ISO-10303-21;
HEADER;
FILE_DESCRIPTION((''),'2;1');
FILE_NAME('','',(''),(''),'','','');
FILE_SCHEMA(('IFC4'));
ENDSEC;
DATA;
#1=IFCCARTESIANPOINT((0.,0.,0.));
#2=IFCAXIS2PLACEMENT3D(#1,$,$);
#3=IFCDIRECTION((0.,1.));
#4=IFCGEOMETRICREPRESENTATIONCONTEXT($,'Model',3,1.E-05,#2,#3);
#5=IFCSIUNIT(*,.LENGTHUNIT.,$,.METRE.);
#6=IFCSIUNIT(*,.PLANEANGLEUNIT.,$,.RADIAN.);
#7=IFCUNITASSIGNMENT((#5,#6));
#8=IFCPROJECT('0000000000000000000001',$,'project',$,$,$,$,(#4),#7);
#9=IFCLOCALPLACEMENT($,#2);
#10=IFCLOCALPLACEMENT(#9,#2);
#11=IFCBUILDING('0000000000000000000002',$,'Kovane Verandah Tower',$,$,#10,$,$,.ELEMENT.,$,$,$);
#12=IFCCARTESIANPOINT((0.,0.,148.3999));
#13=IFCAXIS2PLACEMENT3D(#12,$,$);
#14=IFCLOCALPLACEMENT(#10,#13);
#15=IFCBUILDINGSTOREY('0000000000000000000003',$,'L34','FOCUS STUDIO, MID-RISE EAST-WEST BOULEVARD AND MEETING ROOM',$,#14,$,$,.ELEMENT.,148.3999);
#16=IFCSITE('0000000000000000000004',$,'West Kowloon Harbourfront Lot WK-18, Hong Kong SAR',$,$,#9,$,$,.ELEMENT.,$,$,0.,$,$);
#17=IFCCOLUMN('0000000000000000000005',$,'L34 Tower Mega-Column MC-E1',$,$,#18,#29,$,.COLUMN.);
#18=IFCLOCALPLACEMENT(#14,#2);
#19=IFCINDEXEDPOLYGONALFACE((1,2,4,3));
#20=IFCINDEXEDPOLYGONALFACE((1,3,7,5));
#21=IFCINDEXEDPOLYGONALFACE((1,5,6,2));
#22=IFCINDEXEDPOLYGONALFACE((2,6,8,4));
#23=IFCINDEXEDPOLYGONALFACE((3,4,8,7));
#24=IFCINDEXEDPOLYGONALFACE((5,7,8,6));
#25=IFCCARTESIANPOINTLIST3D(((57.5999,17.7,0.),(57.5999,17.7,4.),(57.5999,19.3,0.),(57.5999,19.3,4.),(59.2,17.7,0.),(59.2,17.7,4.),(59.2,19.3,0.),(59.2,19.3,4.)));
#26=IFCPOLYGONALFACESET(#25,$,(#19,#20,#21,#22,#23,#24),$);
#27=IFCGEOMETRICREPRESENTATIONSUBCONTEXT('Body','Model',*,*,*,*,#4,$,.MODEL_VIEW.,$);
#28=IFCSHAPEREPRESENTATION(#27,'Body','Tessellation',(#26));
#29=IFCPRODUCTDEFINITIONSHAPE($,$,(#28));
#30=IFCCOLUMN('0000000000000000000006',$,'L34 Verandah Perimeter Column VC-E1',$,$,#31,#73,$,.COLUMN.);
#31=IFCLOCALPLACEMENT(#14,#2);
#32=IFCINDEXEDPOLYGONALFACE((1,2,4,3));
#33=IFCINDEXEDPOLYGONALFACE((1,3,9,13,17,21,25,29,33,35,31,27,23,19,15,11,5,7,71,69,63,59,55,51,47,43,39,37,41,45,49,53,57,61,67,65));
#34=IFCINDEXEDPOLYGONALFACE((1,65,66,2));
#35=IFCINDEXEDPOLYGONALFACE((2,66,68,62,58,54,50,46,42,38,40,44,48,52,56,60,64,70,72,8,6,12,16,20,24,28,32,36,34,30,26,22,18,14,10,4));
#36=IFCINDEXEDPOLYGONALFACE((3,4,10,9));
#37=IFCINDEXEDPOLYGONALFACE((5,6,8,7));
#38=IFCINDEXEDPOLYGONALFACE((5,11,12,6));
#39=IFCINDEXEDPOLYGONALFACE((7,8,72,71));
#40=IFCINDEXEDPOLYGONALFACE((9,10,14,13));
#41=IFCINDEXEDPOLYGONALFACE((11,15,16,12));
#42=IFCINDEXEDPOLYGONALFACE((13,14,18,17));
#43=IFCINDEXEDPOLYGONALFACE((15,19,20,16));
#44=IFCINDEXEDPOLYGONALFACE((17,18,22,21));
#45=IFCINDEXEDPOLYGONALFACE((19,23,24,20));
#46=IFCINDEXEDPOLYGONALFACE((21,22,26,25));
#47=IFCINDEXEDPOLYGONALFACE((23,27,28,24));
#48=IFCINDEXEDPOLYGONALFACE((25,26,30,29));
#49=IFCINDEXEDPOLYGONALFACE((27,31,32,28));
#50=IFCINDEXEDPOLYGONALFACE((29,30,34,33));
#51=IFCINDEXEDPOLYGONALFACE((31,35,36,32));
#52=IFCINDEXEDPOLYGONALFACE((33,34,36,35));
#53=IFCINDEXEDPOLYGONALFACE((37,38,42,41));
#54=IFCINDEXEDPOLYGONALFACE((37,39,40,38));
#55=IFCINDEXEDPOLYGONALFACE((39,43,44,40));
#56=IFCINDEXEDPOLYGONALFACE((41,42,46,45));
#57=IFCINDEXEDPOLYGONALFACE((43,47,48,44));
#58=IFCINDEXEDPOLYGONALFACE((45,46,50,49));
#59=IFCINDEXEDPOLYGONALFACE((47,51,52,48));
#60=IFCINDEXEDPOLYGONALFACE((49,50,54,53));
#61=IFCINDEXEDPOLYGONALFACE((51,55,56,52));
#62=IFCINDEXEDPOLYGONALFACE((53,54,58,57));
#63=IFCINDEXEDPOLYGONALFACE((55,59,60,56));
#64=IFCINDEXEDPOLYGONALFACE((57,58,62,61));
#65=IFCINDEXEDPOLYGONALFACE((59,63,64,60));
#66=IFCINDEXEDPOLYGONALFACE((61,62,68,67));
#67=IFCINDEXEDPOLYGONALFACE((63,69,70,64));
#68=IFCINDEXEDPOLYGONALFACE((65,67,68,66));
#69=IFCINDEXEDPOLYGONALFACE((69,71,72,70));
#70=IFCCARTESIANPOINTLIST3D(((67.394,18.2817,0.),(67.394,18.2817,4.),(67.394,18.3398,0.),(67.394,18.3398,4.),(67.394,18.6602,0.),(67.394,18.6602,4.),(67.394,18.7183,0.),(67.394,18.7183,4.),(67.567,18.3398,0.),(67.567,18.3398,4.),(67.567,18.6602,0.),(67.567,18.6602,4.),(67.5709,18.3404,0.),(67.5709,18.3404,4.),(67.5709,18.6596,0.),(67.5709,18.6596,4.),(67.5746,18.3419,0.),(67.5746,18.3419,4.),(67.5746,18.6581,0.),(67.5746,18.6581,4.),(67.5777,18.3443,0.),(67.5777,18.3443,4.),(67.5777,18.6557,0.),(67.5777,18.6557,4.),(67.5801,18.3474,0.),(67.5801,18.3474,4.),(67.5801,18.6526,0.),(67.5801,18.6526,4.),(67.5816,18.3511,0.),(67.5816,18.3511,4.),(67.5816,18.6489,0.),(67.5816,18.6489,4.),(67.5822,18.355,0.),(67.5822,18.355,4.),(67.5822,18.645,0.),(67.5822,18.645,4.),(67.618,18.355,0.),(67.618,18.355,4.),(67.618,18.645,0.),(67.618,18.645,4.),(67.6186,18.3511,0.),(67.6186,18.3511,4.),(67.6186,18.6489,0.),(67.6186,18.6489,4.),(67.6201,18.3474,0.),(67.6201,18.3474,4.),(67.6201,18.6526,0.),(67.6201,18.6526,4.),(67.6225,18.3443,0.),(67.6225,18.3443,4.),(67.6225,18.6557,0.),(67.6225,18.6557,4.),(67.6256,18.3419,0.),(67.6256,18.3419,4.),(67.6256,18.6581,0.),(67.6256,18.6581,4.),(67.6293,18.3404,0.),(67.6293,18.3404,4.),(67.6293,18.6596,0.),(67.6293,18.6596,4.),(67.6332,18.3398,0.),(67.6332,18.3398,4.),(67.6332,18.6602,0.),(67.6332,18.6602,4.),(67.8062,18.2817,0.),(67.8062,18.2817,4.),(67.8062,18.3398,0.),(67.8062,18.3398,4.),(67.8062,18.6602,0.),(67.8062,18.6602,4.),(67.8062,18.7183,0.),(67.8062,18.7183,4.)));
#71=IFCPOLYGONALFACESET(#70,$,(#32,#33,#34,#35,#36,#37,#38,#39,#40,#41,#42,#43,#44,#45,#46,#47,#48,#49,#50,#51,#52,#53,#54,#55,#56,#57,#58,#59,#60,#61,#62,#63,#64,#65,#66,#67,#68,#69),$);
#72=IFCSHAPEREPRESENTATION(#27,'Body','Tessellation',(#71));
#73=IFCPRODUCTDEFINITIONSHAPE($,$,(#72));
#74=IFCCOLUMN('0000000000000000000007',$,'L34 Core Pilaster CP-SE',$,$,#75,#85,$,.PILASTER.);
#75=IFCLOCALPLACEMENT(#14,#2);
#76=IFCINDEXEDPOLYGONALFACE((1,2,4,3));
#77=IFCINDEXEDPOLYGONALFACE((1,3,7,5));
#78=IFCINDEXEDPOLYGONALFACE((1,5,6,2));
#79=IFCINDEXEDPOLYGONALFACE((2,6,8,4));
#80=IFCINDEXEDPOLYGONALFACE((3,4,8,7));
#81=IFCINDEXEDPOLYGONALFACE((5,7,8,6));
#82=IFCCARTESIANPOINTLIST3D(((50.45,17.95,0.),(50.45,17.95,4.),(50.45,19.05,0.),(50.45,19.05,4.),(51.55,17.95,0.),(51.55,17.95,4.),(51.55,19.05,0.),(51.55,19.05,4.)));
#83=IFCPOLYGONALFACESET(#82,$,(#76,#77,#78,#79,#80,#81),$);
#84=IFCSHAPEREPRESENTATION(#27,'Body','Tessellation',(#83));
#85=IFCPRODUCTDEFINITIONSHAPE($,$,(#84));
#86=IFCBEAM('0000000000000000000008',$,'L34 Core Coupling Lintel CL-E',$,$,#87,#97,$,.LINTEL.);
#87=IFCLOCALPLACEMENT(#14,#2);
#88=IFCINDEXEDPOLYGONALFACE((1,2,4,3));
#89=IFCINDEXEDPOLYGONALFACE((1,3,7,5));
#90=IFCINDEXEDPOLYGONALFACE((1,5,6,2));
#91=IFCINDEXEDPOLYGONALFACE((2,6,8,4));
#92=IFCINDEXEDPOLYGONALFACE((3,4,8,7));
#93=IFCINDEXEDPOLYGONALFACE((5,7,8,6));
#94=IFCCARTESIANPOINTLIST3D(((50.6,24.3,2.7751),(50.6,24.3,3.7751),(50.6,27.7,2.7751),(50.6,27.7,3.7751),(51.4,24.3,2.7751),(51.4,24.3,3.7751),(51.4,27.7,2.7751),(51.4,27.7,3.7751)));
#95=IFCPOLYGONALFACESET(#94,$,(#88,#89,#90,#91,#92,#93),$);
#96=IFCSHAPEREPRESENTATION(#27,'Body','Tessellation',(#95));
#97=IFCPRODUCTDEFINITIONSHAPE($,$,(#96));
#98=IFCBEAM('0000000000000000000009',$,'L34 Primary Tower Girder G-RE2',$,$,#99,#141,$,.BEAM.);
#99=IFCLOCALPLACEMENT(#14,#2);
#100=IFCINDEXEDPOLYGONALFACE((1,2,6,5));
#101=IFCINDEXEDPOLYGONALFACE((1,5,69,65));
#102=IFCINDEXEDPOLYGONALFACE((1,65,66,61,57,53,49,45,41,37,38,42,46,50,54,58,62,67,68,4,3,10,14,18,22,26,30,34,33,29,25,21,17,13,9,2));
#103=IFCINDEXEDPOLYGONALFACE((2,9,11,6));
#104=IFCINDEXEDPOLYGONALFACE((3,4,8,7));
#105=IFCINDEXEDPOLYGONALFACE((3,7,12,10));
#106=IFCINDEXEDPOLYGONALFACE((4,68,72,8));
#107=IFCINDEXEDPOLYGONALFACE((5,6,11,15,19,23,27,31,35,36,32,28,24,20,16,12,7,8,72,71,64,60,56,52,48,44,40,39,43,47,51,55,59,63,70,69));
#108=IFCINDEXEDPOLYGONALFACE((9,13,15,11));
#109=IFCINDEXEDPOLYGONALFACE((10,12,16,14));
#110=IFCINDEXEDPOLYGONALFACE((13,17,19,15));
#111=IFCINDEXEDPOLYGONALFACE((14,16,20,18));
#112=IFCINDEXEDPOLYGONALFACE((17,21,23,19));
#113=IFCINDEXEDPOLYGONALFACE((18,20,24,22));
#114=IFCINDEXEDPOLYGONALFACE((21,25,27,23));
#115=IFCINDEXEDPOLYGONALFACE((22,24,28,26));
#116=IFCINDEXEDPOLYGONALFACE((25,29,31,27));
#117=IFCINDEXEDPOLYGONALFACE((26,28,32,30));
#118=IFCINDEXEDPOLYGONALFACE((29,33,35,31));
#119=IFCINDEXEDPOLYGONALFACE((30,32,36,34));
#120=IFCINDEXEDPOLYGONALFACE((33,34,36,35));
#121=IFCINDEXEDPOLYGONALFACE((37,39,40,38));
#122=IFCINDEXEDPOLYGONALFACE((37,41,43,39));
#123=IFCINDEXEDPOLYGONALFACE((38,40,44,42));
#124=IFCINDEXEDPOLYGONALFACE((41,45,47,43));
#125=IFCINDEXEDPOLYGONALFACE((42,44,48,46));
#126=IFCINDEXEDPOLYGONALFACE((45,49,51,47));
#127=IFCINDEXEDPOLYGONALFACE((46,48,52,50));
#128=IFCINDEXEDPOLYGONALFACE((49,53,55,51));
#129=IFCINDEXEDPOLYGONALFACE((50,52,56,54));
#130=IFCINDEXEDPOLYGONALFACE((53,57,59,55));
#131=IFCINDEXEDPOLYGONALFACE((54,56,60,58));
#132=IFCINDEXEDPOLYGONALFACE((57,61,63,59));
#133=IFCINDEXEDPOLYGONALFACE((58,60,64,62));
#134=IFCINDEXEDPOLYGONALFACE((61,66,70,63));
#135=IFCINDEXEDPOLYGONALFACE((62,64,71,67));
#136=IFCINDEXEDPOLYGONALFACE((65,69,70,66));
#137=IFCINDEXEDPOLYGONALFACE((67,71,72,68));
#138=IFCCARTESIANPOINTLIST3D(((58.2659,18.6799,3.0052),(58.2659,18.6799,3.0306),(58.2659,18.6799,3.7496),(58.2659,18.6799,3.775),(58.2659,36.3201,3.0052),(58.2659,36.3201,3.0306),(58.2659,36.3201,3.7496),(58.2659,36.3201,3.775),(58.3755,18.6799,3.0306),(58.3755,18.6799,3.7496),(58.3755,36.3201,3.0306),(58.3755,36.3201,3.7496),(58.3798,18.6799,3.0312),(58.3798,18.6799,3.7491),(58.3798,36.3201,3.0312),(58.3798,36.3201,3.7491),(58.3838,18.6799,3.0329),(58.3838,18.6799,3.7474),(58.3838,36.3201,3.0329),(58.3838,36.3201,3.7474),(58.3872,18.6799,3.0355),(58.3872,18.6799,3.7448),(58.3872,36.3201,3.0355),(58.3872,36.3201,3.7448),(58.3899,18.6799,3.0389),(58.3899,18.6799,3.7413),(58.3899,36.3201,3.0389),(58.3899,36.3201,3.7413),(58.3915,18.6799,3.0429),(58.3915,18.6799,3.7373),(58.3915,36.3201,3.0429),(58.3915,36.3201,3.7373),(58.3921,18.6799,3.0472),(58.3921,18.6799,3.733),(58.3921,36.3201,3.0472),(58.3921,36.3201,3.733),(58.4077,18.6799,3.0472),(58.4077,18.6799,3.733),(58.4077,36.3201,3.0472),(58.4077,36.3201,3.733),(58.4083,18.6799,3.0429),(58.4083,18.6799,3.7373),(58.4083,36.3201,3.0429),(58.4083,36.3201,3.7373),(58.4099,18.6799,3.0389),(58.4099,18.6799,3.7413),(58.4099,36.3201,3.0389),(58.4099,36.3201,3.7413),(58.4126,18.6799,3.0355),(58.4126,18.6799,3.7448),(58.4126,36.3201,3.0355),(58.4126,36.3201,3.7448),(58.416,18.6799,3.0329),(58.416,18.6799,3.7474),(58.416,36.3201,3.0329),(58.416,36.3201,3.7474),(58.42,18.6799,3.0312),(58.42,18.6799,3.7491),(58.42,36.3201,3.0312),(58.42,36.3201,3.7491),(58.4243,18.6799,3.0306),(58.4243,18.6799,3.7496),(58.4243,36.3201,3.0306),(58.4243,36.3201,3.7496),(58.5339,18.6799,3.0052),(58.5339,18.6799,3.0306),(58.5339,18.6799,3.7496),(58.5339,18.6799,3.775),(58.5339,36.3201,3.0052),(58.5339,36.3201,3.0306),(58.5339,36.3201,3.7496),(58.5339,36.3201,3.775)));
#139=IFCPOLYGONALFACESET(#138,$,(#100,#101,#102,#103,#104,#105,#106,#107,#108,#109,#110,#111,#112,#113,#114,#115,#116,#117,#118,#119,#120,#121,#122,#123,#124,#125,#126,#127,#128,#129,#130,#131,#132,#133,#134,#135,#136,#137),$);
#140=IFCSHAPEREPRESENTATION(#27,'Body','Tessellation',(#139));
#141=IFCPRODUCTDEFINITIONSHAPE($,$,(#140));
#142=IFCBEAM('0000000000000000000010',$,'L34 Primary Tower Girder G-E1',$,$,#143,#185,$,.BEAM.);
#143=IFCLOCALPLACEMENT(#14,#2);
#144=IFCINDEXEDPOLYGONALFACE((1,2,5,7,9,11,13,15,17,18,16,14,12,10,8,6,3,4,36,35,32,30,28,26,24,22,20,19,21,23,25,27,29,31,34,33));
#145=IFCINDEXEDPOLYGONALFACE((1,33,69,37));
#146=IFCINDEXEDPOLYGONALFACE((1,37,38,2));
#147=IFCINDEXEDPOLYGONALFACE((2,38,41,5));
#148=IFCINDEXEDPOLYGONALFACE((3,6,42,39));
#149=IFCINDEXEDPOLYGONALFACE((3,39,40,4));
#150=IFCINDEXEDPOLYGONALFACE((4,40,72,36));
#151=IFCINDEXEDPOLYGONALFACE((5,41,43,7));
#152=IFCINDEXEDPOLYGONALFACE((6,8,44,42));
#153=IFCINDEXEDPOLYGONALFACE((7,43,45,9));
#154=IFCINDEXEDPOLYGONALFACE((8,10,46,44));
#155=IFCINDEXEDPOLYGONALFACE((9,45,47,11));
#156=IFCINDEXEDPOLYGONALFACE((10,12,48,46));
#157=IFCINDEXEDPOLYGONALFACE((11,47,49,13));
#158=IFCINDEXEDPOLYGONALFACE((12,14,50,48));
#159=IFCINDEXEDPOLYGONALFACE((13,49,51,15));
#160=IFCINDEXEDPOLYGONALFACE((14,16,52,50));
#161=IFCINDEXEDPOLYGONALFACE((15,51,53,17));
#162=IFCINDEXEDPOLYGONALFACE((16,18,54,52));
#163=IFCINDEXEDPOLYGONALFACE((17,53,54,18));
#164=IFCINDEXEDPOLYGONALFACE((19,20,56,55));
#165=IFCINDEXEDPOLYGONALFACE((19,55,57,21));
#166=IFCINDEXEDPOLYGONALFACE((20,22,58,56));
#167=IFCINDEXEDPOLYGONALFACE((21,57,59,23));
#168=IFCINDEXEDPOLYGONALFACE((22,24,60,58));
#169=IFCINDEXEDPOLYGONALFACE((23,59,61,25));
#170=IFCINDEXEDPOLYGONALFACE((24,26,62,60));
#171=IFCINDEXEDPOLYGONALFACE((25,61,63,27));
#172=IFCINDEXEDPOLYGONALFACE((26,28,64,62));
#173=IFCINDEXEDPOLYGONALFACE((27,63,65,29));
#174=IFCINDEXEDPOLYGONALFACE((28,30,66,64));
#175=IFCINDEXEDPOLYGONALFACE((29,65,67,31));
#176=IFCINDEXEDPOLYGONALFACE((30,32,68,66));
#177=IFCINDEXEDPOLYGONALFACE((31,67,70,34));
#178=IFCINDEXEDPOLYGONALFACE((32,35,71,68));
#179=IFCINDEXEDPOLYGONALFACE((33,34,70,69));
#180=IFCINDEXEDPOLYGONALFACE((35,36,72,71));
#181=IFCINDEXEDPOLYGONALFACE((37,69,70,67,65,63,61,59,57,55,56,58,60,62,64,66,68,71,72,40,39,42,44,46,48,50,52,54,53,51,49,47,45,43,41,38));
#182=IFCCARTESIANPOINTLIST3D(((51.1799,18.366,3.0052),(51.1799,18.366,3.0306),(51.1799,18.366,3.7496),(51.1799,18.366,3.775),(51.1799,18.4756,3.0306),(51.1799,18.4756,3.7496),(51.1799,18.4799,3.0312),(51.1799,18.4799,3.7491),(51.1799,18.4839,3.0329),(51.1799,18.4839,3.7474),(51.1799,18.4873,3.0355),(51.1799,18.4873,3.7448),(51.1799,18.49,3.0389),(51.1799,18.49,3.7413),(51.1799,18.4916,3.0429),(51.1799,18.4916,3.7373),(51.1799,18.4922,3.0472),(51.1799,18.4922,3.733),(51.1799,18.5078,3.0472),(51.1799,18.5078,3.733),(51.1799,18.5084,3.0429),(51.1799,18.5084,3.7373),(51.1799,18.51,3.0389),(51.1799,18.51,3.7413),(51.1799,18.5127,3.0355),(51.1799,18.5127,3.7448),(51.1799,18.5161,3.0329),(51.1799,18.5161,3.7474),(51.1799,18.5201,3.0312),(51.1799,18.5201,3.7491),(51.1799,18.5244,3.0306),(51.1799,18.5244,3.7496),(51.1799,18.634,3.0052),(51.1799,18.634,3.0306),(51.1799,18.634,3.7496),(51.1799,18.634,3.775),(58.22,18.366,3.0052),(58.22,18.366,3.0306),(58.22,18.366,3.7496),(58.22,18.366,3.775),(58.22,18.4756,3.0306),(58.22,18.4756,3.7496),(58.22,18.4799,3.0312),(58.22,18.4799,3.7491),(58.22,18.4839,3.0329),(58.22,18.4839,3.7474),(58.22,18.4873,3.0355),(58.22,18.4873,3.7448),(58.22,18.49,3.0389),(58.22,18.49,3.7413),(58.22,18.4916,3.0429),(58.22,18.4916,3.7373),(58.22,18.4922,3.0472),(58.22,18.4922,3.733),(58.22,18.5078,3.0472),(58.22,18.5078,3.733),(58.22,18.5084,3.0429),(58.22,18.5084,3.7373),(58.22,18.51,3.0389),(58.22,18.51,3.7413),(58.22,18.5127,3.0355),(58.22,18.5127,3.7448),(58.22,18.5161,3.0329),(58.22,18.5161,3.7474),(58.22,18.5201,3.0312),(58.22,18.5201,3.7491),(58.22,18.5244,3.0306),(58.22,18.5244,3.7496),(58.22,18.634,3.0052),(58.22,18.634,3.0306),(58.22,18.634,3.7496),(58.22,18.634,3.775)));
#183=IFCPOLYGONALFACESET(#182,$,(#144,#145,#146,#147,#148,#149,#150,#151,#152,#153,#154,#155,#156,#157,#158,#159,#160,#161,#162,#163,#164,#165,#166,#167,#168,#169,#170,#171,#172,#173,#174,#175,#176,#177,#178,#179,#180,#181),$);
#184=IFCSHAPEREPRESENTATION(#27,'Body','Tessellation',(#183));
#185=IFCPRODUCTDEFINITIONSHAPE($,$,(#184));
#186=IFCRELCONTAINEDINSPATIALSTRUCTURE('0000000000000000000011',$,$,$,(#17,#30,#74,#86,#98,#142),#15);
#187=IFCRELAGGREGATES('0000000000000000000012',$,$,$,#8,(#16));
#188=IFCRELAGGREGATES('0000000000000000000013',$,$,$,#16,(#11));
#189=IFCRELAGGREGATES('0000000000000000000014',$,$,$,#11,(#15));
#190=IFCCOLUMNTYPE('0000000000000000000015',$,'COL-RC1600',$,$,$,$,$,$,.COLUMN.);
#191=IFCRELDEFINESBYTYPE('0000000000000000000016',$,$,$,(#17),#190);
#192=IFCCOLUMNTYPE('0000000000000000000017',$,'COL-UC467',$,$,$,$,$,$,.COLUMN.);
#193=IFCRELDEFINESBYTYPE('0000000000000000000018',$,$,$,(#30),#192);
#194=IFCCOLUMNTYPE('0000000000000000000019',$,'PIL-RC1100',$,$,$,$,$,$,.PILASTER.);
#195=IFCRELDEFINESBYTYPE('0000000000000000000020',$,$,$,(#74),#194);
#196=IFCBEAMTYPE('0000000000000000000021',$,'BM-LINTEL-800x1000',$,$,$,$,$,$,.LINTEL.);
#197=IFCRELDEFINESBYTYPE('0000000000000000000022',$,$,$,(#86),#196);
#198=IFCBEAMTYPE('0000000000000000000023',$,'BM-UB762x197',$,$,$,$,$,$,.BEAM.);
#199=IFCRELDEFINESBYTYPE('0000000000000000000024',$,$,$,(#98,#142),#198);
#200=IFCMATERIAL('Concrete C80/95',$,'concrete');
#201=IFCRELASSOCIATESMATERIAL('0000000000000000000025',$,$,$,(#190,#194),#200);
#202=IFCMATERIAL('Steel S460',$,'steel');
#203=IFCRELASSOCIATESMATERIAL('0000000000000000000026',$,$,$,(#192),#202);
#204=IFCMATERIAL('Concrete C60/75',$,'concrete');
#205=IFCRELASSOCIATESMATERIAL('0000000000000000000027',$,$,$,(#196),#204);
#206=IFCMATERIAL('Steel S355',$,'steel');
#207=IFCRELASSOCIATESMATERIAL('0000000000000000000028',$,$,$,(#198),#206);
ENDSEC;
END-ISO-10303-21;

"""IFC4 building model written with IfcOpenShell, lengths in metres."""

from ifc_helpers import new_model, si_unit, direction, frame, origin, origin_2d, place, context, subcontext, project, spatial, rectangle, i_section, extrude, material, material_profile, profile_set, type_object, element, save


model = new_model("IFC4")

# Units and contexts
model_context = context("Model", 3, precision=1e-05, world=origin(), true_north=direction((0.0, 1.0)))
body_context = subcontext(model_context, "Body", "Model", "MODEL_VIEW")
ifc_project = project(units=[si_unit("LENGTHUNIT", "METRE"), si_unit("PLANEANGLEUNIT", "RADIAN")], contexts=[model_context])

# Site, building, storey
site_placement = place(None, origin())
site = spatial("IfcSite", under=ifc_project, at=site_placement, Name="West Kowloon Harbourfront Lot WK-18, Hong Kong SAR", CompositionType="ELEMENT", RefElevation=0.0)
building_placement = place(site_placement, origin())
building = spatial("IfcBuilding", under=site, at=building_placement, Name="Kovane Verandah Tower", CompositionType="ELEMENT")
storey_placement = place(building_placement, frame((0.0, 0.0, 148.3999)))
storey = spatial("IfcBuildingStorey", under=building, at=storey_placement, Name="L34", Description="FOCUS STUDIO, MID-RISE EAST-WEST BOULEVARD AND MEETING ROOM", CompositionType="ELEMENT", Elevation=148.3999)

# Columns
ifc_material_1 = material(Name="Concrete C80/95", Category="concrete")
ifc_material_profile_1 = material_profile(ifc_material_1, rectangle(XDim=1.6001, YDim=1.6001, at=origin_2d()), Name="RC1600x1600")
ifc_profile_set_1 = profile_set([ifc_material_profile_1], Name="Concrete C80/95")
column_type_1 = type_object("IfcColumnType", Name="COL-RC1600", PredefinedType="COLUMN", material=ifc_profile_set_1)
column_1_placement = place(storey_placement, frame((58.3999, 18.5, 0.0), z_axis=(0.0, 0.0, 1.0), x_axis=(1.0, 0.0, 0.0)))
element("IfcColumn", 1, at=column_1_placement, inside=storey, type_object=column_type_1, Name="L34 Tower Mega-Column MC-E1", PredefinedType="COLUMN", context=body_context, shape_type="SweptSolid", body=[
    extrude(rectangle(XDim=1.6001, YDim=1.6001, at=origin_2d()), origin(), (0.0, 0.0, 1.0), 4.0),
])
ifc_material_2 = material(Name="Steel S460", Category="steel")
ifc_material_profile_2 = material_profile(ifc_material_2, i_section(OverallWidth=0.4121, OverallDepth=0.4365, WebThickness=0.0359, FlangeThickness=0.0581, FilletRadius=0.0151, at=origin_2d()), Name="UC356x406x467")
ifc_profile_set_2 = profile_set([ifc_material_profile_2], Name="Steel S460")
column_type_2 = type_object("IfcColumnType", Name="COL-UC467", PredefinedType="COLUMN", material=ifc_profile_set_2)
column_2_placement = place(storey_placement, frame((67.6001, 18.5, 0.0), z_axis=(0.0, 0.0, 1.0), x_axis=(1.0, 0.0, 0.0)))
element("IfcColumn", 2, at=column_2_placement, inside=storey, type_object=column_type_2, Name="L34 Verandah Perimeter Column VC-E1", PredefinedType="COLUMN", context=body_context, shape_type="SweptSolid", body=[
    extrude(i_section(OverallWidth=0.4121, OverallDepth=0.4365, WebThickness=0.0359, FlangeThickness=0.0581, FilletRadius=0.0151, at=origin_2d()), origin(), (0.0, 0.0, 1.0), 4.0),
])
ifc_material_profile_3 = material_profile(ifc_material_1, rectangle(XDim=1.1001, YDim=1.1001, at=origin_2d()), Name="RC1100x1100")
ifc_profile_set_3 = profile_set([ifc_material_profile_3], Name="Concrete C80/95")
column_type_3 = type_object("IfcColumnType", Name="PIL-RC1100", PredefinedType="PILASTER", material=ifc_profile_set_3)
column_3_placement = place(storey_placement, frame((51.0, 18.5, 0.0), z_axis=(0.0, 0.0, 1.0), x_axis=(1.0, 0.0, 0.0)))
element("IfcColumn", 3, at=column_3_placement, inside=storey, type_object=column_type_3, Name="L34 Core Pilaster CP-SE", PredefinedType="PILASTER", context=body_context, shape_type="SweptSolid", body=[
    extrude(rectangle(XDim=1.1001, YDim=1.1001, at=origin_2d()), origin(), (0.0, 0.0, 1.0), 4.0),
])

# Beams
ifc_material_3 = material(Name="Concrete C60/75", Category="concrete")
ifc_material_profile_4 = material_profile(ifc_material_3, rectangle(XDim=0.8, YDim=1.0, at=origin_2d()), Name="RCB800x1000")
ifc_profile_set_4 = profile_set([ifc_material_profile_4], Name="Concrete C60/75")
beam_type_1 = type_object("IfcBeamType", Name="BM-LINTEL-800x1000", PredefinedType="LINTEL", material=ifc_profile_set_4)
beam_1_placement = place(storey_placement, frame((51.0, 24.3, 3.2751), z_axis=(0.0, 1.0, 0.0), x_axis=(-1.0, 0.0, 0.0)))
element("IfcBeam", 4, at=beam_1_placement, inside=storey, type_object=beam_type_1, Name="L34 Core Coupling Lintel CL-E", PredefinedType="LINTEL", context=body_context, shape_type="SweptSolid", body=[
    extrude(rectangle(XDim=0.8, YDim=1.0, at=origin_2d()), origin(), (0.0, 0.0, 1.0), 3.3999),
])
ifc_material_4 = material(Name="Steel S355", Category="steel")
ifc_material_profile_5 = material_profile(ifc_material_4, i_section(OverallWidth=0.2681, OverallDepth=0.7698, WebThickness=0.0156, FlangeThickness=0.0254, FilletRadius=0.0166, at=origin_2d()), Name="UB762x267x197")
ifc_profile_set_5 = profile_set([ifc_material_profile_5], Name="Steel S355")
beam_type_2 = type_object("IfcBeamType", Name="BM-UB762x197", PredefinedType="BEAM", material=ifc_profile_set_5)
beam_2_placement = place(storey_placement, frame((58.3999, 18.6799, 3.3901), z_axis=(0.0, 1.0, 0.0), x_axis=(-1.0, 0.0, 0.0)))
element("IfcBeam", 5, at=beam_2_placement, inside=storey, type_object=beam_type_2, Name="L34 Primary Tower Girder G-RE2", PredefinedType="BEAM", context=body_context, shape_type="SweptSolid", body=[
    extrude(i_section(OverallWidth=0.2681, OverallDepth=0.7698, WebThickness=0.0156, FlangeThickness=0.0254, FilletRadius=0.0166, at=origin_2d()), origin(), (0.0, 0.0, 1.0), 17.6401),
])
beam_3_placement = place(storey_placement, frame((51.1799, 18.5, 3.3901), z_axis=(1.0, 0.0, 0.0), x_axis=(0.0, 1.0, 0.0)))
element("IfcBeam", 6, at=beam_3_placement, inside=storey, type_object=beam_type_2, Name="L34 Primary Tower Girder G-E1", PredefinedType="BEAM", context=body_context, shape_type="SweptSolid", body=[
    extrude(i_section(OverallWidth=0.2681, OverallDepth=0.7698, WebThickness=0.0156, FlangeThickness=0.0254, FilletRadius=0.0166, at=origin_2d()), origin(), (0.0, 0.0, 1.0), 7.04),
])

save(model, "model.ifc")
